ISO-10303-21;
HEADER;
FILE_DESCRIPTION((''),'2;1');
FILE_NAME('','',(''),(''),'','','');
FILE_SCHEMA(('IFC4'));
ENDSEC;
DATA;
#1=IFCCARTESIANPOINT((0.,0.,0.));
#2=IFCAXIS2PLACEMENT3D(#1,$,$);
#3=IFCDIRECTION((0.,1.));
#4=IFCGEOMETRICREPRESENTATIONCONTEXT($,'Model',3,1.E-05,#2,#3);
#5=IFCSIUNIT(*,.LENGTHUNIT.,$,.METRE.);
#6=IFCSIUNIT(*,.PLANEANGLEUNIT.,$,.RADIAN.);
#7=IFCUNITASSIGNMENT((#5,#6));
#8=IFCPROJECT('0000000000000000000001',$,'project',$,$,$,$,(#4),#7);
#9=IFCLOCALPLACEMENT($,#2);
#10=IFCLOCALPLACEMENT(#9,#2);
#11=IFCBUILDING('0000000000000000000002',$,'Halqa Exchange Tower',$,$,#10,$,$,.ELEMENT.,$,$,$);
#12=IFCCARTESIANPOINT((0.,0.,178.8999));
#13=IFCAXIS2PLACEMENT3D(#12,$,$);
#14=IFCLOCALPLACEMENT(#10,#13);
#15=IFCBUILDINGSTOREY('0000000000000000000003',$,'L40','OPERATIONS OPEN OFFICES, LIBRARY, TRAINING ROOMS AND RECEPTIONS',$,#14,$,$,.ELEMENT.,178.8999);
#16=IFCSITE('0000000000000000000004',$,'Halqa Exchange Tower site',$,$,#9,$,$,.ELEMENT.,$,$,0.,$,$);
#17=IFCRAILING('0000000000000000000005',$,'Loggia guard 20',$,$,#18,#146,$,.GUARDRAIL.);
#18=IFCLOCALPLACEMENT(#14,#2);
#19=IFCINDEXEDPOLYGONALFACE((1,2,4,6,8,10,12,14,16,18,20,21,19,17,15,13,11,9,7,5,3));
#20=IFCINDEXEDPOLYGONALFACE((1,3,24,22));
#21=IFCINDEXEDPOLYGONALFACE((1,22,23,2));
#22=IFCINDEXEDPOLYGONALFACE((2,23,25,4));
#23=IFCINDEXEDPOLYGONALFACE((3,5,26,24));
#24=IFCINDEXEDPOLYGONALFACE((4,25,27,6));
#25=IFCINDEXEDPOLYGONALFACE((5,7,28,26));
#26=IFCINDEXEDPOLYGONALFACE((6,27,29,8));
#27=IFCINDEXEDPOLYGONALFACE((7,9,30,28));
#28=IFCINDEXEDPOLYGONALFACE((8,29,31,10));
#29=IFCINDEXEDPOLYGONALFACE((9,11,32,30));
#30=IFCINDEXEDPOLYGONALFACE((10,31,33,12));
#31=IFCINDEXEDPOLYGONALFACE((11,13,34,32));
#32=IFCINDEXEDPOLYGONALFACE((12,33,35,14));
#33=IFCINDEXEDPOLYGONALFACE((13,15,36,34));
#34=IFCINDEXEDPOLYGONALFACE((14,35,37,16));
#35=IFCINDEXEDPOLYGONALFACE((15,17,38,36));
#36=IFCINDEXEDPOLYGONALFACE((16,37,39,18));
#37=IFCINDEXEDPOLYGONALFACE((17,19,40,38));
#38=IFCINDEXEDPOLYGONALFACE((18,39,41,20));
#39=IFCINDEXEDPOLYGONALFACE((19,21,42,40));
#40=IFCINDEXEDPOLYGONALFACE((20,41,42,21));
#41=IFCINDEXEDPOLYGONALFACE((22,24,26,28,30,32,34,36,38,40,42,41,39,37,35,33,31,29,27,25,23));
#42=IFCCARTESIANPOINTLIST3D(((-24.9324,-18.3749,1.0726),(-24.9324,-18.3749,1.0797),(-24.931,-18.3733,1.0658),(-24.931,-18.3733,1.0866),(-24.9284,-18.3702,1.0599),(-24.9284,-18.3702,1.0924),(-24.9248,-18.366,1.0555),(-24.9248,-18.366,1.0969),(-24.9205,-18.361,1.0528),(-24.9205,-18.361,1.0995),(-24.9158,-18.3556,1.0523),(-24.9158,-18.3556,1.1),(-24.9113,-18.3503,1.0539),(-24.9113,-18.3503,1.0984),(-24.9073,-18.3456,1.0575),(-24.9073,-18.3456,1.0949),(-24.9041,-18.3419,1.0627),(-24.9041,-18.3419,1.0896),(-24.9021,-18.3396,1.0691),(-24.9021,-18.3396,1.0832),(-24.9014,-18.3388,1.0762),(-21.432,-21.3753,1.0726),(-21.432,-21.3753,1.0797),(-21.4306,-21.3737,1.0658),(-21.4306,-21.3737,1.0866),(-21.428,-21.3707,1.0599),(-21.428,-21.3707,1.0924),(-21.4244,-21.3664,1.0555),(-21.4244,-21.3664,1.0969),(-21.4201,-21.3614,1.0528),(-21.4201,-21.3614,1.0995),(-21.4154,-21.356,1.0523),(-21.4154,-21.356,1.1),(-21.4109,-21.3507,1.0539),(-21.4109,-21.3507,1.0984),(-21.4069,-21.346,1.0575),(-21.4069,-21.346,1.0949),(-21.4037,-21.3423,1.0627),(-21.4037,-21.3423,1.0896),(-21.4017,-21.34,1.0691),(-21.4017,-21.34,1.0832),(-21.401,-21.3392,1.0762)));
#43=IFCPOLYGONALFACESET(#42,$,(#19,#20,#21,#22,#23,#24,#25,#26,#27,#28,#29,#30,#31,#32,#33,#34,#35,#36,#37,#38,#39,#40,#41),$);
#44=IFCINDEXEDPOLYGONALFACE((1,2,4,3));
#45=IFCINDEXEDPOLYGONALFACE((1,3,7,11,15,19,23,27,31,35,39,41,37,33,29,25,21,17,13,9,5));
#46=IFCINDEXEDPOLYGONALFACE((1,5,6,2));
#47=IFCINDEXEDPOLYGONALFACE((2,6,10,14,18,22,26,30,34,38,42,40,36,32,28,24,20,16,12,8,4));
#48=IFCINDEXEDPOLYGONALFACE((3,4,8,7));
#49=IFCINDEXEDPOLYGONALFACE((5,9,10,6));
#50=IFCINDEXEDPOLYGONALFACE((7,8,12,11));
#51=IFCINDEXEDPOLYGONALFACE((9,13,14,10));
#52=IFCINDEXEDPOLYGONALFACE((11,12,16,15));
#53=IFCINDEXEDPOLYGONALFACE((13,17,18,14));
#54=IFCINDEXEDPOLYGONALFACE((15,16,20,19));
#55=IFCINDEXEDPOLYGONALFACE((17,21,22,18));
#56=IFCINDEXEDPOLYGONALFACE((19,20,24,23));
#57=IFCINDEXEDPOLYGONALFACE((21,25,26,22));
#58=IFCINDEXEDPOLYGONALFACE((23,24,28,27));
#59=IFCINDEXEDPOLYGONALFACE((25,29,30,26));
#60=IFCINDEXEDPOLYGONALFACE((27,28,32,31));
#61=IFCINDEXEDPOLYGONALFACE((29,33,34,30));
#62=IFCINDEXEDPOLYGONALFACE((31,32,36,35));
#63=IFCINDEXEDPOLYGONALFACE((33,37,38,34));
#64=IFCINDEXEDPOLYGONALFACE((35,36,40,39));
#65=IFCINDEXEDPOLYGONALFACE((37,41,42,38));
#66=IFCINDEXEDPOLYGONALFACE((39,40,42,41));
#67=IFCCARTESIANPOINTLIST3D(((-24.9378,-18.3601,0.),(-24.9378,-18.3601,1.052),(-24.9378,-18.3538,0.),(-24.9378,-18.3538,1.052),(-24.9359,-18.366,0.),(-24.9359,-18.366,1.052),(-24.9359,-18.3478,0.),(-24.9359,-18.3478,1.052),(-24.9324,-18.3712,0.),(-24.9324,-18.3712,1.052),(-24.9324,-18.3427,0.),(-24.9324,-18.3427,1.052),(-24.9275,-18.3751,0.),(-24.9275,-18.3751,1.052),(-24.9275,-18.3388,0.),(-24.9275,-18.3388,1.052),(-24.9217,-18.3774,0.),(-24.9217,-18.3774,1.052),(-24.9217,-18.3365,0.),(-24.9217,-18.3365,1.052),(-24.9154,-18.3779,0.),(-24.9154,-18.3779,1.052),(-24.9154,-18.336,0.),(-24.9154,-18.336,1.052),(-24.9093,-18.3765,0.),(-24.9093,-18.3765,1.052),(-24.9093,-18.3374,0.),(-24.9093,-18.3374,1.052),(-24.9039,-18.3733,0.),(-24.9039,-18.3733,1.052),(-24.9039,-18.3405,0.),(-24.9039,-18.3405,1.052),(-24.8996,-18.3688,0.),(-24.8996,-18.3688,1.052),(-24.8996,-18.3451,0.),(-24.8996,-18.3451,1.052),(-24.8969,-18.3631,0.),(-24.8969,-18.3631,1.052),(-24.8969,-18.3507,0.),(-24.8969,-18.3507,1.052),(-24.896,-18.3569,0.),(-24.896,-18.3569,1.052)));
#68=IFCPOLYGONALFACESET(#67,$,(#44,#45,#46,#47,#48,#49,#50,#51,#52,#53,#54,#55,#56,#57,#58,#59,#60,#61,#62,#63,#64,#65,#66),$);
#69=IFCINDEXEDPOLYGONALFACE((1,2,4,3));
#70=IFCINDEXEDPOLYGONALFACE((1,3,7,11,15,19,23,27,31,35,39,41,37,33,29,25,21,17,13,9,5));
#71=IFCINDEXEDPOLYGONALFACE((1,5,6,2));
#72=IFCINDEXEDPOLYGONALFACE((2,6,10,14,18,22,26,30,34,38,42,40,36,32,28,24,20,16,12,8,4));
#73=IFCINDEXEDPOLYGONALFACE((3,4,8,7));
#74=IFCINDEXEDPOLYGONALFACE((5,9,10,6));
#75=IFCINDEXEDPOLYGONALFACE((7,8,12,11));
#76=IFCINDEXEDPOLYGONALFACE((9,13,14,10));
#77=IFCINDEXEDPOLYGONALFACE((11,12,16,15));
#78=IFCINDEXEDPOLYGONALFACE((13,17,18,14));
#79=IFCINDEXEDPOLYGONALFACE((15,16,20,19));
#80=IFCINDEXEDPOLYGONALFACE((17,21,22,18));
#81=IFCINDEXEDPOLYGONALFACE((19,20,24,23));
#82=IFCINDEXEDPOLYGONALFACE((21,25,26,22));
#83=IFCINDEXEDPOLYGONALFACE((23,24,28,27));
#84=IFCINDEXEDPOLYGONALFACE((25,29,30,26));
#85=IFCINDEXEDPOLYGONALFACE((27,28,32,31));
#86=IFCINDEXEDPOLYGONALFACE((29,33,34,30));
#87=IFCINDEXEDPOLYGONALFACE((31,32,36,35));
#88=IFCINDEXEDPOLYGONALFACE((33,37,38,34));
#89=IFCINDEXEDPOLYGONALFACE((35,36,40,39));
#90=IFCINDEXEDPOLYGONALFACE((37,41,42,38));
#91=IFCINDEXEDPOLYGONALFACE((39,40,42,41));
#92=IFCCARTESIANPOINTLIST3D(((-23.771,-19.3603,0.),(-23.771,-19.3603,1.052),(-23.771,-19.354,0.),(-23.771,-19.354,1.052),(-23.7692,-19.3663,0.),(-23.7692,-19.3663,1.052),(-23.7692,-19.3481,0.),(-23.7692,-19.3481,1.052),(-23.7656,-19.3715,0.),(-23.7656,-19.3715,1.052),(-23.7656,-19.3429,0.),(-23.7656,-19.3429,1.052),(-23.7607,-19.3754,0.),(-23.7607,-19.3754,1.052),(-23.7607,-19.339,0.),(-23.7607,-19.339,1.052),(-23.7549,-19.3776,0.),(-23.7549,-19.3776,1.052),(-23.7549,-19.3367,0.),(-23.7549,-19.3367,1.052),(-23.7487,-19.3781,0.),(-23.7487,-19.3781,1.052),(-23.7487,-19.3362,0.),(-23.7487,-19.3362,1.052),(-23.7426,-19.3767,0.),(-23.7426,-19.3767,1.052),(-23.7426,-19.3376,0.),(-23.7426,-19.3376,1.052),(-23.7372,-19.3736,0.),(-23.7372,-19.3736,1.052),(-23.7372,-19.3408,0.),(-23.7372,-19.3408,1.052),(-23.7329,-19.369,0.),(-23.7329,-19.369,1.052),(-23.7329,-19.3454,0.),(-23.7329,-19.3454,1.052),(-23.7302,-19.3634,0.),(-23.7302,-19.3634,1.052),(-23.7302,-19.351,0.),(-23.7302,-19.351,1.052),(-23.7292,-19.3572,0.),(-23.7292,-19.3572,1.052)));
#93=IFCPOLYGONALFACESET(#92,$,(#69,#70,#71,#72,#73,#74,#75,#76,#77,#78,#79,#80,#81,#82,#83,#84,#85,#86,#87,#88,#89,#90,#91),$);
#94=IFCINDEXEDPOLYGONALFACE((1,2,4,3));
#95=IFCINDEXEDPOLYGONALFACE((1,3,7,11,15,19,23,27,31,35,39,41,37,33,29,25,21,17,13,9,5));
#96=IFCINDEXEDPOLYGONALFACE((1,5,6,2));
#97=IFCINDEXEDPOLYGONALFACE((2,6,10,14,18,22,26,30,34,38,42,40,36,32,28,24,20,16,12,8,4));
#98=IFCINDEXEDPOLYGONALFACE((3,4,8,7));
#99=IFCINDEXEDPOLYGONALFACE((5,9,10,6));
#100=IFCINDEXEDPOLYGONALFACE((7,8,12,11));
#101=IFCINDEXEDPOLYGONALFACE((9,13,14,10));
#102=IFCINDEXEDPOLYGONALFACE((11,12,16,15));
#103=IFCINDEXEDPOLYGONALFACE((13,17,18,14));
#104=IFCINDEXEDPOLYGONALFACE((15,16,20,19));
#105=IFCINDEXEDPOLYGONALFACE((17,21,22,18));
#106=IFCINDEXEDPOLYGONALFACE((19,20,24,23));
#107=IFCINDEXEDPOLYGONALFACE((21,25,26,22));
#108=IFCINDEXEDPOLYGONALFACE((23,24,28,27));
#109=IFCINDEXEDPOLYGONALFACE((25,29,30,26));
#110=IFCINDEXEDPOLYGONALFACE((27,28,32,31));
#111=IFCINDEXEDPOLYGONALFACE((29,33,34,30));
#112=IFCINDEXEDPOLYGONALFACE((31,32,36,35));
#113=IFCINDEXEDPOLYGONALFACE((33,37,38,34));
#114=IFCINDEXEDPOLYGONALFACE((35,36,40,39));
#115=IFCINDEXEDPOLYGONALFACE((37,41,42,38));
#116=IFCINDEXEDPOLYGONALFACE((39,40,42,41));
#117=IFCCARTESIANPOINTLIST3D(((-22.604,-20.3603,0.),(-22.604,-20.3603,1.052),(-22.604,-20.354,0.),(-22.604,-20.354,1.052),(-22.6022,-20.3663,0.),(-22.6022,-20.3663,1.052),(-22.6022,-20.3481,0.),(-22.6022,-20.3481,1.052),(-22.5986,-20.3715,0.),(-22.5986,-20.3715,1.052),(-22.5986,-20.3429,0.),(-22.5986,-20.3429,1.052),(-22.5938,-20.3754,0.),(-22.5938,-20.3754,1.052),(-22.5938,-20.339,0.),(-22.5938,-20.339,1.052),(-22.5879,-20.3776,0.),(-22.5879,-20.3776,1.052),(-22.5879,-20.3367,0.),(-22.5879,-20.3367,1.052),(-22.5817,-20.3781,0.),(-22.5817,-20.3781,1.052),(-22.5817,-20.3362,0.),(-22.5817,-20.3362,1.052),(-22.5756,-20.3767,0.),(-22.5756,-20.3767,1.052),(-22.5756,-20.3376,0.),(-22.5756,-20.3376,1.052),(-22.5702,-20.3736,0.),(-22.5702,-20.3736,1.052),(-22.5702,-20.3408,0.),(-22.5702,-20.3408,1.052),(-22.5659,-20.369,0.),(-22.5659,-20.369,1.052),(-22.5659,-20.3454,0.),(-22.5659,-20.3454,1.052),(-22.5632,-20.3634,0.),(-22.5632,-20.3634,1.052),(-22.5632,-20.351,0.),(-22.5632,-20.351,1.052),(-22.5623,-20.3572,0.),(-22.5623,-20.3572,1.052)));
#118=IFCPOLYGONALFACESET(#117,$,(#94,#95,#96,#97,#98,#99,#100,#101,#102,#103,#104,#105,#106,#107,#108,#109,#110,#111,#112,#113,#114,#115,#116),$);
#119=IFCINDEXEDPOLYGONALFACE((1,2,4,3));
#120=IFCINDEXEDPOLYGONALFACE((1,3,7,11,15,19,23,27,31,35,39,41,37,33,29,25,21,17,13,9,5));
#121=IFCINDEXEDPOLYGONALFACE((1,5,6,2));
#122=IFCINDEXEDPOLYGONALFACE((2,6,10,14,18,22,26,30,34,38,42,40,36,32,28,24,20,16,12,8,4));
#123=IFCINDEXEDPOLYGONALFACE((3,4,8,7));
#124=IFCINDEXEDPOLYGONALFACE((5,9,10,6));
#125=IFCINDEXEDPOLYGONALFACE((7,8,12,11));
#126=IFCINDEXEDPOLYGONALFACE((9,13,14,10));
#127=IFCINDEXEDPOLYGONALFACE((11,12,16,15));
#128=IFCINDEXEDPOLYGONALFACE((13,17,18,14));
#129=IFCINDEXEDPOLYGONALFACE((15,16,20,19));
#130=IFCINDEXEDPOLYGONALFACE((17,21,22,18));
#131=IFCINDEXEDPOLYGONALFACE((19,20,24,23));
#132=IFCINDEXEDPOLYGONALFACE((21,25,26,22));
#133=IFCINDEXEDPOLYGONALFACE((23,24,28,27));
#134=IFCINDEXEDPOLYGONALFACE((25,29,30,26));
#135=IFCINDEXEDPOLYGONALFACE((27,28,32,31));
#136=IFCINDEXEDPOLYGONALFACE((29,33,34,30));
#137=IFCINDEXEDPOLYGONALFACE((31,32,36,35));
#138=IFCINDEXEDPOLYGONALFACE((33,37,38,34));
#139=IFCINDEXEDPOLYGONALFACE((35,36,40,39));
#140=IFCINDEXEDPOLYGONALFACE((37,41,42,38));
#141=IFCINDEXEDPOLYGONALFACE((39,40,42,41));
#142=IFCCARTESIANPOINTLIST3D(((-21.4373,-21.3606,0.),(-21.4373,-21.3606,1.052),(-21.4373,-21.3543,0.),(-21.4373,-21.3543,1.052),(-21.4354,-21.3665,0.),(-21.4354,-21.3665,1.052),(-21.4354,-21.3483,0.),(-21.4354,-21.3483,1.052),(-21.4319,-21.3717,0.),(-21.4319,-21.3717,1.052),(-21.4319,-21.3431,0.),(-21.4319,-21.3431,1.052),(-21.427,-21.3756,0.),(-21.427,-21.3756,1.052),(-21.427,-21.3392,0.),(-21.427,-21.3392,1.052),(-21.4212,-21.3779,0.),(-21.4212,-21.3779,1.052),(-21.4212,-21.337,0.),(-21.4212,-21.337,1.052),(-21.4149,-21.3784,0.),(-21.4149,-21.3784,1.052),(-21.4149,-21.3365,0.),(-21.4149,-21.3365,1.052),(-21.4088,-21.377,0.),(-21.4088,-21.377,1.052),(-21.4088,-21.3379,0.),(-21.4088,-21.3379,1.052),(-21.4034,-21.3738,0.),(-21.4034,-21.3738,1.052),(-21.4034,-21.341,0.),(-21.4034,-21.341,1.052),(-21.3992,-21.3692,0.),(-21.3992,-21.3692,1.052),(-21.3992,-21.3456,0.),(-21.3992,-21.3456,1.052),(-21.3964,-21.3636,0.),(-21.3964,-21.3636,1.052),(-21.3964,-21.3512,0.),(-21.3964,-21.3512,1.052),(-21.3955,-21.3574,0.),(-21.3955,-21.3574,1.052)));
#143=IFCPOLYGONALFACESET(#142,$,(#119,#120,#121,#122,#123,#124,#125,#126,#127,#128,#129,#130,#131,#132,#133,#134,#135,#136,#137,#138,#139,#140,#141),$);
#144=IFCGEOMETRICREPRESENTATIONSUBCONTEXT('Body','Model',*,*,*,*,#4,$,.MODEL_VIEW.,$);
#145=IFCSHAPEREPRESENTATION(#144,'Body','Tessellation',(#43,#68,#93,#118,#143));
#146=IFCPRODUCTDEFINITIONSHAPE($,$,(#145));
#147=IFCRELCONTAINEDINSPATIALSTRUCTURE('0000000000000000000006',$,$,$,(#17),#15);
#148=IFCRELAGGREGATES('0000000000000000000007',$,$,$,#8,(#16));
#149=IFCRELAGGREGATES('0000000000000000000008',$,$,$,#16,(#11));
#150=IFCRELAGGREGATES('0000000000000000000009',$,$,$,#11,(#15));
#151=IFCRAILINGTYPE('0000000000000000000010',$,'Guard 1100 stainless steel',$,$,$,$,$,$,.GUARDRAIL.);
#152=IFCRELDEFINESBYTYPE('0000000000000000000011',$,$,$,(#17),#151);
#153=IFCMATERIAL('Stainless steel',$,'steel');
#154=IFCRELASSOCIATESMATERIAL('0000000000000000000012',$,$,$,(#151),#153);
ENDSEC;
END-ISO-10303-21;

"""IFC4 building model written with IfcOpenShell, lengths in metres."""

from ifc_helpers import new_model, si_unit, direction, frame, origin, origin_2d, place, context, subcontext, project, spatial, circle, extrude, material, type_object, element, save


model = new_model("IFC4")

# Units and contexts
model_context = context("Model", 3, precision=1e-05, world=origin(), true_north=direction((0.0, 1.0)))
body_context = subcontext(model_context, "Body", "Model", "MODEL_VIEW")
ifc_project = project(units=[si_unit("LENGTHUNIT", "METRE"), si_unit("PLANEANGLEUNIT", "RADIAN")], contexts=[model_context])

# Site, building, storey
site_placement = place(None, origin())
site = spatial("IfcSite", under=ifc_project, at=site_placement, Name="Halqa Exchange Tower site", CompositionType="ELEMENT", RefElevation=0.0)
building_placement = place(site_placement, origin())
building = spatial("IfcBuilding", under=site, at=building_placement, Name="Halqa Exchange Tower", CompositionType="ELEMENT")
storey_placement = place(building_placement, frame((0.0, 0.0, 178.8999)))
storey = spatial("IfcBuildingStorey", under=building, at=storey_placement, Name="L40", Description="OPERATIONS OPEN OFFICES, LIBRARY, TRAINING ROOMS AND RECEPTIONS", CompositionType="ELEMENT", Elevation=178.8999)

# Railing
ifc_material_1 = material(Name="Stainless steel", Category="steel")
railing_type = type_object("IfcRailingType", Name="Guard 1100 stainless steel", PredefinedType="GUARDRAIL", material=ifc_material_1)
railing_1_placement = place(storey_placement, frame((-24.917, -18.3569, 0.0)))
element("IfcRailing", 1, at=railing_1_placement, inside=storey, type_object=railing_type, Name="Loggia guard 20", PredefinedType="GUARDRAIL", context=body_context, shape_type="SweptSolid", body=[
    extrude(circle(Radius=0.0239, at=origin_2d()), frame((0.0, 0.0, 1.0762), z_axis=(0.759249, -0.6508, 0.0), x_axis=(0.6508, 0.759249, 0.0)), (0.0, 0.0, 1.0), 4.6104),
    extrude(circle(Radius=0.021, at=origin_2d()), origin(), (0.0, 0.0, 1.0), 1.052),
    extrude(circle(Radius=0.021, at=origin_2d()), frame((1.1667, -1.0002, 0.0)), (0.0, 0.0, 1.0), 1.052),
    extrude(circle(Radius=0.021, at=origin_2d()), frame((2.3337, -2.0002, 0.0)), (0.0, 0.0, 1.0), 1.052),
    extrude(circle(Radius=0.021, at=origin_2d()), frame((3.5005, -3.0005, 0.0)), (0.0, 0.0, 1.0), 1.052),
])

save(model, "model.ifc")
